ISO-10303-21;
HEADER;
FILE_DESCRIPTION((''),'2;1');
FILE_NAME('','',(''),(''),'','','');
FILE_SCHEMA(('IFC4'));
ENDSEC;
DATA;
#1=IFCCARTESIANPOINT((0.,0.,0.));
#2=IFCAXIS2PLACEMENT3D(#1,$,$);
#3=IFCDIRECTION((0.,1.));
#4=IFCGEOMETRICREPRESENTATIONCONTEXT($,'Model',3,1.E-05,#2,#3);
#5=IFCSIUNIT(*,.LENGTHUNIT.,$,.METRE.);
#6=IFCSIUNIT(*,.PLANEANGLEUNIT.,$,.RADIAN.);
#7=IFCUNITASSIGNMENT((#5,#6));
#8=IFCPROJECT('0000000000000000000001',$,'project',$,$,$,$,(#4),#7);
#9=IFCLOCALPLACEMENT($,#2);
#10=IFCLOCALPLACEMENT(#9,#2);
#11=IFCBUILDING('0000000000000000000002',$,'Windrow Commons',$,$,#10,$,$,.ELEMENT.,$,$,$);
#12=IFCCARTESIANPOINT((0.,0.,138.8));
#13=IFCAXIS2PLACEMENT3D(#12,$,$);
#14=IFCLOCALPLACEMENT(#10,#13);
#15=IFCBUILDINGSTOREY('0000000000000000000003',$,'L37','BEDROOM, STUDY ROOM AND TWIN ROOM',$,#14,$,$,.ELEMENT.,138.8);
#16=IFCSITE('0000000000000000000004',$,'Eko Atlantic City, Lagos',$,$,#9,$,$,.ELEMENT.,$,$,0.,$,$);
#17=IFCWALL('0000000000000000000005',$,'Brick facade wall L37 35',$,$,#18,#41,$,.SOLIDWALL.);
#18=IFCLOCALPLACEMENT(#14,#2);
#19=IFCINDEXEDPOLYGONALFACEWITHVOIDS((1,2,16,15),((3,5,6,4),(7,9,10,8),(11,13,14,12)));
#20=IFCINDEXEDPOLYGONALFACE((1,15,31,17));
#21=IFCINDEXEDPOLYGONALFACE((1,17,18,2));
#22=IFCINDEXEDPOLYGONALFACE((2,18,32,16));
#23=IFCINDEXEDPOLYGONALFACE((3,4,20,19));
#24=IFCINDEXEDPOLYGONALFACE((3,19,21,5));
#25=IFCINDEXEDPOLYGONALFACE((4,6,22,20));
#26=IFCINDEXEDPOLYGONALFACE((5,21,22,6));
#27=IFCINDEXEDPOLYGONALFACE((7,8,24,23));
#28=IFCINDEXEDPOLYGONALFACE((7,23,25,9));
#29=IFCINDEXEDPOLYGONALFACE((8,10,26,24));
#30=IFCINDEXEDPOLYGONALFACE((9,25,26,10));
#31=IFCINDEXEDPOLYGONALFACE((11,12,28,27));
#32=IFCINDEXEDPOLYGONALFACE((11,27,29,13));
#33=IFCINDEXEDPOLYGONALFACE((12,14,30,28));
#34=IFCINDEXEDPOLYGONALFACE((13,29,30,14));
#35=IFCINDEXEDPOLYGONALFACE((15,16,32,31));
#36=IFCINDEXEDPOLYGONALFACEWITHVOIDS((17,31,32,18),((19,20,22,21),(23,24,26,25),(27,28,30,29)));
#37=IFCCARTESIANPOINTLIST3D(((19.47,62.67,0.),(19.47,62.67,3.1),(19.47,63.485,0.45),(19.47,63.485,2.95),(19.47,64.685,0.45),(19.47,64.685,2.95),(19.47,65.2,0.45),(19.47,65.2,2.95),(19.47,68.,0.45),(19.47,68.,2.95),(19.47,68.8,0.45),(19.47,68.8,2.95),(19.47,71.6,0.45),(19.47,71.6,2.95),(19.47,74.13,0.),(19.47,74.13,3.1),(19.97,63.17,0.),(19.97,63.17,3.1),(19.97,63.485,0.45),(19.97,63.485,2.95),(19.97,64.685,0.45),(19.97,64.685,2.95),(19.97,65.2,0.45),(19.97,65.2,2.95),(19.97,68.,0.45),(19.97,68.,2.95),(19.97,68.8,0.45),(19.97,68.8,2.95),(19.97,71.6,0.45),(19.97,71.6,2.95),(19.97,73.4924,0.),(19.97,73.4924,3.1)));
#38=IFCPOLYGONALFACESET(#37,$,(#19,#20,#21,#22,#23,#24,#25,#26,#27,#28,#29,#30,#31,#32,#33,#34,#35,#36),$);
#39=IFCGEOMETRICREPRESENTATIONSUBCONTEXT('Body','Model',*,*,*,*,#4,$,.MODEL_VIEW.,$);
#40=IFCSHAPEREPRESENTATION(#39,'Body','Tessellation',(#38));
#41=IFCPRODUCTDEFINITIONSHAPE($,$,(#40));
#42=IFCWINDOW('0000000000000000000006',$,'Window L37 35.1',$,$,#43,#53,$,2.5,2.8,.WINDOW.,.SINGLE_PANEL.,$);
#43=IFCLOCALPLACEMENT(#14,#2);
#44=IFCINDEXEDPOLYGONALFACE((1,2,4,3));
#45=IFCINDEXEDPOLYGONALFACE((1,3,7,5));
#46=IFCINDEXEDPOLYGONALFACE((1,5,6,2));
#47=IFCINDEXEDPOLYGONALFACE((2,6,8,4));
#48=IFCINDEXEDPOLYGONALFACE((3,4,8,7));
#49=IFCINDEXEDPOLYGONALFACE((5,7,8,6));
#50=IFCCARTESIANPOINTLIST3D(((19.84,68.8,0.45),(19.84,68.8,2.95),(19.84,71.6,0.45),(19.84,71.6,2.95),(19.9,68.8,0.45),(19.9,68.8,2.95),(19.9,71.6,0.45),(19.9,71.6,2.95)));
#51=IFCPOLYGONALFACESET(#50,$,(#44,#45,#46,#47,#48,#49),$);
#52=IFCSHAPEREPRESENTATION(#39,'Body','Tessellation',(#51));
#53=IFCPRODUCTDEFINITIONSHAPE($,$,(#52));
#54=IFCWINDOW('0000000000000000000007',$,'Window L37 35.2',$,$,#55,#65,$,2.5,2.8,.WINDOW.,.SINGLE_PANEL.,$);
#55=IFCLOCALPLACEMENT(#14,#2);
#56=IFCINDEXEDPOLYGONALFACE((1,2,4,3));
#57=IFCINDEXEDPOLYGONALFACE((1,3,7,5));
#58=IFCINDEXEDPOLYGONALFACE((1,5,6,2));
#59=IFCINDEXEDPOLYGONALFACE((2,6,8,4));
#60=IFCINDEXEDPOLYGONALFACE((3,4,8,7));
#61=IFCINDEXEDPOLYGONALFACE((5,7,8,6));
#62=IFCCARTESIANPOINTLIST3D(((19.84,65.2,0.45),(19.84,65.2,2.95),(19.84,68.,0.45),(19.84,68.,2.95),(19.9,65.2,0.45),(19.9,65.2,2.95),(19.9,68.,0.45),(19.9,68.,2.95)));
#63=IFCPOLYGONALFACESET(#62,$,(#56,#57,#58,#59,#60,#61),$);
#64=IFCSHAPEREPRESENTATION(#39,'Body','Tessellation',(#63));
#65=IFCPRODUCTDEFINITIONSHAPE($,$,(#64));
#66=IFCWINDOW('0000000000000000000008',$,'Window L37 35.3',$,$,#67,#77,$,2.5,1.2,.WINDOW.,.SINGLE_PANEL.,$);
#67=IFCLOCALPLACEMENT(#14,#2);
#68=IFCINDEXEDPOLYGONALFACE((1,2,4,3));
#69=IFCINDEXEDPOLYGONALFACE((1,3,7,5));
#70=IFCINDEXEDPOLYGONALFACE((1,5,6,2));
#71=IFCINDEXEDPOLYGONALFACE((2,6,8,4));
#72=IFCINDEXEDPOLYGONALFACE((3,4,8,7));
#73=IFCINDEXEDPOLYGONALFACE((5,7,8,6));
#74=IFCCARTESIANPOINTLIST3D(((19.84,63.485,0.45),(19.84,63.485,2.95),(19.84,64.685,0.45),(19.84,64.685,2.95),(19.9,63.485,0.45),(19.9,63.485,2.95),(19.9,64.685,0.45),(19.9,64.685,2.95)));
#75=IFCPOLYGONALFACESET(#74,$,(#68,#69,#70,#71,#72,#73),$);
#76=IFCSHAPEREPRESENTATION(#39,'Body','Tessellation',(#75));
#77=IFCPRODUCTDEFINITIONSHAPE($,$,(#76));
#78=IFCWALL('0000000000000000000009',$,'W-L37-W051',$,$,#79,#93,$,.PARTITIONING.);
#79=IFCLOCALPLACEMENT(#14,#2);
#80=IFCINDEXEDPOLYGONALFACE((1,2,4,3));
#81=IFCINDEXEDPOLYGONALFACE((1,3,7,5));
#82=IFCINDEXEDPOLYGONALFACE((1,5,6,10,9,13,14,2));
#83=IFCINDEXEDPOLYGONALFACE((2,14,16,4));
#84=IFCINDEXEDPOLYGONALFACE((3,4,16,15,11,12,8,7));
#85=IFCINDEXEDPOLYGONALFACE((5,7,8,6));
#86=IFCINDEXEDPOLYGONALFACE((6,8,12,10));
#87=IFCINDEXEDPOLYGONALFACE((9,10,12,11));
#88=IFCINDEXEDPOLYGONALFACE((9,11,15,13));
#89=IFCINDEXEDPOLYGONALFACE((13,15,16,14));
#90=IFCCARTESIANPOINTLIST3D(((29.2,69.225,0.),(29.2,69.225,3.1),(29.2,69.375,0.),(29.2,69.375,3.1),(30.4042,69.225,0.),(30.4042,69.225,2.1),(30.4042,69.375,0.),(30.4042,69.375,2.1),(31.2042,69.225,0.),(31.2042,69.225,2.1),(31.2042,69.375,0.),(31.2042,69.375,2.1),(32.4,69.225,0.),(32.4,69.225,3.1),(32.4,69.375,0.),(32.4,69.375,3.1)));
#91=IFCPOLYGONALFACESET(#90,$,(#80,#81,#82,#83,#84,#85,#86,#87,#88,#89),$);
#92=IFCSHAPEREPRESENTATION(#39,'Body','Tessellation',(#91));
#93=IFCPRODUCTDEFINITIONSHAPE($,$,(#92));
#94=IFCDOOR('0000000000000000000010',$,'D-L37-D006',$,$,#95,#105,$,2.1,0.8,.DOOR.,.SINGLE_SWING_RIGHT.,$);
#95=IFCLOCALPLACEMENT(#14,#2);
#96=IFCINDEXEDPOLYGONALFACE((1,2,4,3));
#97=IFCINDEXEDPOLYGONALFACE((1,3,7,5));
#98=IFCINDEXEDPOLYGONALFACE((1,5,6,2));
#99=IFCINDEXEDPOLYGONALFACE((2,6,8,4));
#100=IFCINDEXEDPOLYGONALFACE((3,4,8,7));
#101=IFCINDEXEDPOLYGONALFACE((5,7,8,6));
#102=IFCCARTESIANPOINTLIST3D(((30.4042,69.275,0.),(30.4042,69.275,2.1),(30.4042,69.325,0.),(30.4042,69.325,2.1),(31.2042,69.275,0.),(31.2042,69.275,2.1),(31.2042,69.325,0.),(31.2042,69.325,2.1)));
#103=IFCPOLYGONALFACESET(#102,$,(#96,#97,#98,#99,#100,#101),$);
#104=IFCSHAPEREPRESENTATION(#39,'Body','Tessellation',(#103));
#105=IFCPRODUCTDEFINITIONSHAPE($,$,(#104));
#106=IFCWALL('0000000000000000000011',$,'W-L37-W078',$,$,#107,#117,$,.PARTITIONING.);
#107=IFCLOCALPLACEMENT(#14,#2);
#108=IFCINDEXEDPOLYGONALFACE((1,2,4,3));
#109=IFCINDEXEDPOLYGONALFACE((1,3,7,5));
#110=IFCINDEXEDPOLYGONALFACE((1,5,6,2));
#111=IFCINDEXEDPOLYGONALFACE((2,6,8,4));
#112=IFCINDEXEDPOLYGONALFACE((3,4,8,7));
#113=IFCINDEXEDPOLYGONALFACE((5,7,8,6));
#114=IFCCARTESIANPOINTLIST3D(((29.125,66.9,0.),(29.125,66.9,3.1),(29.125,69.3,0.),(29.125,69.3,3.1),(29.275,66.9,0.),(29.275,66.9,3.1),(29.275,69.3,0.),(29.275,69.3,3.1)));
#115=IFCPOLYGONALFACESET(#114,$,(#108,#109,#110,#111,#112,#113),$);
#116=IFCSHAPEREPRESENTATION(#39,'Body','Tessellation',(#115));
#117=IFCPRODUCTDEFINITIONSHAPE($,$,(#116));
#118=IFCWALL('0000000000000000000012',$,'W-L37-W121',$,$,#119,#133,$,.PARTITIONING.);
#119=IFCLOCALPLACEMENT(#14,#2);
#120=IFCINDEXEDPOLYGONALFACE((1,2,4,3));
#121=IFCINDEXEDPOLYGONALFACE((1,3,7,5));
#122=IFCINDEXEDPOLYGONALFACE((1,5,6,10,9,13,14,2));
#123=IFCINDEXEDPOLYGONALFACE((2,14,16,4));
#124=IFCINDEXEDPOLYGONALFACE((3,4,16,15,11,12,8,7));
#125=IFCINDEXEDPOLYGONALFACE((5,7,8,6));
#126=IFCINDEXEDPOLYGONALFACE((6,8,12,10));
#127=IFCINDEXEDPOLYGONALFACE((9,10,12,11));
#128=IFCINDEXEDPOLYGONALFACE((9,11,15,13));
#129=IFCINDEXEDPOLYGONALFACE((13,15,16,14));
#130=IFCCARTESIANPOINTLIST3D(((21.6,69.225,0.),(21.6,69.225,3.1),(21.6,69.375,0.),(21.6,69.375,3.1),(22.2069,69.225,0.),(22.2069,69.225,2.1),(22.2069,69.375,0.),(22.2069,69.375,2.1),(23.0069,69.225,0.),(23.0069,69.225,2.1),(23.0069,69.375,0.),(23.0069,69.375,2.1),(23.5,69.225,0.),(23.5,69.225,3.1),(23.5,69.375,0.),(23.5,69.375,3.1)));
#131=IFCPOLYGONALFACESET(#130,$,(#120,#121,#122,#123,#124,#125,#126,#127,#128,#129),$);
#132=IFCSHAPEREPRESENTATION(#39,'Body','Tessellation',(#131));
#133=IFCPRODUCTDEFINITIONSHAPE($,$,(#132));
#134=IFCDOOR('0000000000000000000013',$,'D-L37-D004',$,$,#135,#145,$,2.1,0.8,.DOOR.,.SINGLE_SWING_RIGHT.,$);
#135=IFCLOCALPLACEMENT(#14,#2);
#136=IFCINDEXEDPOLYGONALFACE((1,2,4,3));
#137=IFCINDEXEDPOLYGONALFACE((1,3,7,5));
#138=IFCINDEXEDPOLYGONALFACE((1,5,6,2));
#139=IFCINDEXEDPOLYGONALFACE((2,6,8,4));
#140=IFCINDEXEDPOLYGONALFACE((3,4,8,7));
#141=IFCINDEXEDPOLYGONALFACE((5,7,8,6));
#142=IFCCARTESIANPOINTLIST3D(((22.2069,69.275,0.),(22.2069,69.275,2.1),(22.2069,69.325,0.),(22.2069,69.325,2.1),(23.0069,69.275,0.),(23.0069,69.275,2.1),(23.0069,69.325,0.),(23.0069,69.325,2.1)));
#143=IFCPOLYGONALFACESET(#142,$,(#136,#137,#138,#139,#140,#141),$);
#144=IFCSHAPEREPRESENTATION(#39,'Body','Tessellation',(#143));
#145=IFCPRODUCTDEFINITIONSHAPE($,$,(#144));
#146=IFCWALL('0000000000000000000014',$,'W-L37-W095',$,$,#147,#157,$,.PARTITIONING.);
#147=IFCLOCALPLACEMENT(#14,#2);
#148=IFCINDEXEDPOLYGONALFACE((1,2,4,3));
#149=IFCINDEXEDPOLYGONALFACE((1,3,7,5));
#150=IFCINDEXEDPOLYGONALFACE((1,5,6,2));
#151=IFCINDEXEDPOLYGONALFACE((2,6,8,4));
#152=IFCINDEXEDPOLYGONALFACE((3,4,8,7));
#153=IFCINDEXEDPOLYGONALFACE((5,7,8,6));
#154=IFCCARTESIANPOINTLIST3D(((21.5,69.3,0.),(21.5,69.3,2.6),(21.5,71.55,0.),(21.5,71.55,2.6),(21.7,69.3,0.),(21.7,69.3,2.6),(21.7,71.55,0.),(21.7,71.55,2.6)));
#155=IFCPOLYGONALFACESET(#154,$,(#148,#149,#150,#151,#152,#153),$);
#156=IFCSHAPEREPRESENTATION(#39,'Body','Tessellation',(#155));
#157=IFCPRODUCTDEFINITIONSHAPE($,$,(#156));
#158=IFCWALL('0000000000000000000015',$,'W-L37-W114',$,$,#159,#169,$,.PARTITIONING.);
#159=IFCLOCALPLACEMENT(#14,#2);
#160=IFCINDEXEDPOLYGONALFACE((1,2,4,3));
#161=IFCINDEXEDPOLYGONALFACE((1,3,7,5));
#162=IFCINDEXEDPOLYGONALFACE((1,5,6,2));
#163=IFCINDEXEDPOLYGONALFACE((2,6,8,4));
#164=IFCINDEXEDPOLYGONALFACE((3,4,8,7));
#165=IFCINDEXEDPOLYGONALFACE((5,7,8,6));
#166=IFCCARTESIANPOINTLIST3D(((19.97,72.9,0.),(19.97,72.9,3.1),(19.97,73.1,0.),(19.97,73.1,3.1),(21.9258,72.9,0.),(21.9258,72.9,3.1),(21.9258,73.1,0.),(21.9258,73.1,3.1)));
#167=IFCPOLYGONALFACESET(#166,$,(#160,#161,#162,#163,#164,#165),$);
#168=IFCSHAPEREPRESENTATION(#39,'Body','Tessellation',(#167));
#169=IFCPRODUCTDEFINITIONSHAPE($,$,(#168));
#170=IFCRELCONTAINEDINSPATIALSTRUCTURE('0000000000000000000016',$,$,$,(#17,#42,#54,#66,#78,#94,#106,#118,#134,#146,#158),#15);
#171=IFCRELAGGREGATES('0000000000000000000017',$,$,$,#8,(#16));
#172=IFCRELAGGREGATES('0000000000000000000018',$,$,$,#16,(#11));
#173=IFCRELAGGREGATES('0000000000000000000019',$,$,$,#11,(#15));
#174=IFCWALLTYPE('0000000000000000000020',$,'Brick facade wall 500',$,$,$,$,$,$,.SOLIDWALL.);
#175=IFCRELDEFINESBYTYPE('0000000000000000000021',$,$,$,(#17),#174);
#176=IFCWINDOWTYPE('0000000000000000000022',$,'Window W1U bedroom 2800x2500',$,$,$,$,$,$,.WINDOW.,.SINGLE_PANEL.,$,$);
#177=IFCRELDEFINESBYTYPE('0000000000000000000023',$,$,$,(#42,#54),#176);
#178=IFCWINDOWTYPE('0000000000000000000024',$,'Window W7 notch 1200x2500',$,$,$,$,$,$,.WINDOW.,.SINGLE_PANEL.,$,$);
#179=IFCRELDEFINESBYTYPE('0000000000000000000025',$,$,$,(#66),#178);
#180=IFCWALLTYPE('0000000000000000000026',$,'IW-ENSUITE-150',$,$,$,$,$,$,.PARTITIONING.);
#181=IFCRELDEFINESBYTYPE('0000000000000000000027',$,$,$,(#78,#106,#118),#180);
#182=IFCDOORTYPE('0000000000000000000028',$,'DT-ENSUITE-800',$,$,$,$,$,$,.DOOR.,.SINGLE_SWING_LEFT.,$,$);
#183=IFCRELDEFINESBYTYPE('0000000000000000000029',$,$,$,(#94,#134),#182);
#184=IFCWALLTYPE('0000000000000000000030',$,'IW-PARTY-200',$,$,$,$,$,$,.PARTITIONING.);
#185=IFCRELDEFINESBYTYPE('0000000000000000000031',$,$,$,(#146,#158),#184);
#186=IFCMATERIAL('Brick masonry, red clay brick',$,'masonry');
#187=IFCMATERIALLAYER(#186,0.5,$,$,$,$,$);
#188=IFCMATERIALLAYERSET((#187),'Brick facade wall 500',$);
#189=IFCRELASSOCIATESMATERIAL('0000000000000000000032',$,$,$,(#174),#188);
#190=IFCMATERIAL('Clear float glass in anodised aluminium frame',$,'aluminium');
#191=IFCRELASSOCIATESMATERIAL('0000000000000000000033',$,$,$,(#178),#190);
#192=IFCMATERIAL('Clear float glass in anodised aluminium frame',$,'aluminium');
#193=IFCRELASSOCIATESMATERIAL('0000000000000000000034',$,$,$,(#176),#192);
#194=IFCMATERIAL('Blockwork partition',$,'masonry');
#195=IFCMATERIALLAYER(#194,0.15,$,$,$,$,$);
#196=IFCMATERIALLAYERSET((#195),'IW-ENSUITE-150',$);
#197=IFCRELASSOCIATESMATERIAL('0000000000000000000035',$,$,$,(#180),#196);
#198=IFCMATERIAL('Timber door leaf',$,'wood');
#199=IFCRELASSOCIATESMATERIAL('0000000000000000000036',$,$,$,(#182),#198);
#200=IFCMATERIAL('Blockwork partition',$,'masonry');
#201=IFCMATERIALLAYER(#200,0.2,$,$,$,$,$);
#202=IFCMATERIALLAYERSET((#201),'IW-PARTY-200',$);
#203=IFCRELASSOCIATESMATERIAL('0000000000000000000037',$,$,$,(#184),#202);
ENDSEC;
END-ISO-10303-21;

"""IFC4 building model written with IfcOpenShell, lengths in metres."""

from ifc_helpers import new_model, si_unit, direction, frame, frame_2d, origin, place, context, subcontext, project, spatial, polyline, rectangle, outline, extrude, material, layer, layer_set, type_object, element, fill, save


model = new_model("IFC4")

# Units and contexts
model_context = context("Model", 3, precision=1e-05, world=origin(), true_north=direction((0.0, 1.0)))
body_context = subcontext(model_context, "Body", "Model", "MODEL_VIEW")
ifc_project = project(units=[si_unit("LENGTHUNIT", "METRE"), si_unit("PLANEANGLEUNIT", "RADIAN")], contexts=[model_context])

# Site, building, storey
site_placement = place(None, origin())
site = spatial("IfcSite", under=ifc_project, at=site_placement, Name="Eko Atlantic City, Lagos", CompositionType="ELEMENT", RefElevation=0.0)
building_placement = place(site_placement, origin())
building = spatial("IfcBuilding", under=site, at=building_placement, Name="Windrow Commons", CompositionType="ELEMENT")
storey_placement = place(building_placement, frame((0.0, 0.0, 138.8)))
storey = spatial("IfcBuildingStorey", under=building, at=storey_placement, Name="L37", Description="BEDROOM, STUDY ROOM AND TWIN ROOM", CompositionType="ELEMENT", Elevation=138.8)

# Wall, openings, windows
ifc_material_1 = material(Name="Brick masonry, red clay brick", Category="masonry")
ifc_layer_1 = layer(ifc_material_1, 0.5)
ifc_layer_set_1 = layer_set([ifc_layer_1], Name="Brick facade wall 500")
wall_type_1 = type_object("IfcWallType", Name="Brick facade wall 500", PredefinedType="SOLIDWALL", material=ifc_layer_set_1)
ifc_material_2 = material(Name="Clear float glass in anodised aluminium frame", Category="aluminium")
window_type_1 = type_object("IfcWindowType", Name="Window W7 notch 1200x2500", PartitioningType="SINGLE_PANEL", PredefinedType="WINDOW", material=ifc_material_2)
wall_1_placement = place(storey_placement, frame((19.72, 73.8112, 0.0), z_axis=(0.0, 0.0, 1.0), x_axis=(0.0, -1.0, 0.0)))
wall_1 = element("IfcWall", 1, at=wall_1_placement, inside=storey, type_object=wall_type_1, Name="Brick facade wall L37 35", PredefinedType="SOLIDWALL", context=body_context, shape_type="SweptSolid", body=[
    extrude(outline(polyline([(-0.3188, -0.25), (11.1412, -0.25), (10.6412, 0.25), (0.3188, 0.25), (-0.3188, -0.25)])), origin(), (0.0, 0.0, 1.0), 3.1),
])
opening_1_placement = place(wall_1_placement, frame((2.2112, 0.0, 0.45)))
opening_1 = element("IfcOpeningElement", 2, at=opening_1_placement, cuts=wall_1, PredefinedType="OPENING", context=body_context, shape_type="SweptSolid", body=[
    extrude(rectangle(XDim=2.8, YDim=2.5, at=frame_2d((1.4, 1.25))), frame((0.0, 0.26, 0.0), z_axis=(0.0, -1.0, 0.0), x_axis=(1.0, 0.0, 0.0)), (0.0, 0.0, 1.0), 0.52),
])
opening_2_placement = place(wall_1_placement, frame((5.8112, 0.0, 0.45)))
opening_2 = element("IfcOpeningElement", 3, at=opening_2_placement, cuts=wall_1, PredefinedType="OPENING", context=body_context, shape_type="SweptSolid", body=[
    extrude(rectangle(XDim=2.8, YDim=2.5, at=frame_2d((1.4, 1.25))), frame((0.0, 0.26, 0.0), z_axis=(0.0, -1.0, 0.0), x_axis=(1.0, 0.0, 0.0)), (0.0, 0.0, 1.0), 0.52),
])
opening_3_placement = place(wall_1_placement, frame((9.1262, 0.0, 0.45)))
opening_3 = element("IfcOpeningElement", 4, at=opening_3_placement, cuts=wall_1, PredefinedType="OPENING", context=body_context, shape_type="SweptSolid", body=[
    extrude(rectangle(XDim=1.2, YDim=2.5, at=frame_2d((0.6, 1.25))), frame((0.0, 0.26, 0.0), z_axis=(0.0, -1.0, 0.0), x_axis=(1.0, 0.0, 0.0)), (0.0, 0.0, 1.0), 0.52),
])
ifc_material_3 = material(Name="Clear float glass in anodised aluminium frame", Category="aluminium")
window_type_2 = type_object("IfcWindowType", Name="Window W1U bedroom 2800x2500", PartitioningType="SINGLE_PANEL", PredefinedType="WINDOW", material=ifc_material_3)
window_1_placement = place(opening_1_placement, origin())
window_1 = element("IfcWindow", 5, at=window_1_placement, inside=storey, type_object=window_type_2, Name="Window L37 35.1", OverallHeight=2.5, OverallWidth=2.8, PartitioningType="SINGLE_PANEL", PredefinedType="WINDOW", context=body_context, shape_type="SweptSolid", body=[
    extrude(rectangle(XDim=2.8, YDim=2.5, at=frame_2d((1.4, 1.25))), frame((0.0, 0.18, 0.0), z_axis=(0.0, -1.0, 0.0), x_axis=(1.0, 0.0, 0.0)), (0.0, 0.0, 1.0), 0.06),
])
fill(opening_1, window_1)
window_2_placement = place(opening_2_placement, origin())
window_2 = element("IfcWindow", 6, at=window_2_placement, inside=storey, type_object=window_type_2, Name="Window L37 35.2", OverallHeight=2.5, OverallWidth=2.8, PartitioningType="SINGLE_PANEL", PredefinedType="WINDOW", context=body_context, shape_type="SweptSolid", body=[
    extrude(rectangle(XDim=2.8, YDim=2.5, at=frame_2d((1.4, 1.25))), frame((0.0, 0.18, 0.0), z_axis=(0.0, -1.0, 0.0), x_axis=(1.0, 0.0, 0.0)), (0.0, 0.0, 1.0), 0.06),
])
fill(opening_2, window_2)
window_3_placement = place(opening_3_placement, origin())
window_3 = element("IfcWindow", 7, at=window_3_placement, inside=storey, type_object=window_type_1, Name="Window L37 35.3", OverallHeight=2.5, OverallWidth=1.2, PartitioningType="SINGLE_PANEL", PredefinedType="WINDOW", context=body_context, shape_type="SweptSolid", body=[
    extrude(rectangle(XDim=1.2, YDim=2.5, at=frame_2d((0.6, 1.25))), frame((0.0, 0.18, 0.0), z_axis=(0.0, -1.0, 0.0), x_axis=(1.0, 0.0, 0.0)), (0.0, 0.0, 1.0), 0.06),
])
fill(opening_3, window_3)

# Wall, opening, door
ifc_material_4 = material(Name="Blockwork partition", Category="masonry")
ifc_layer_2 = layer(ifc_material_4, 0.15)
ifc_layer_set_2 = layer_set([ifc_layer_2], Name="IW-ENSUITE-150")
wall_type_2 = type_object("IfcWallType", Name="IW-ENSUITE-150", PredefinedType="PARTITIONING", material=ifc_layer_set_2)
wall_2_placement = place(storey_placement, frame((29.2, 69.3, 0.0), z_axis=(0.0, 0.0, 1.0), x_axis=(1.0, 0.0, 0.0)))
wall_2 = element("IfcWall", 8, at=wall_2_placement, inside=storey, type_object=wall_type_2, Name="W-L37-W051", PredefinedType="PARTITIONING", context=body_context, shape_type="SweptSolid", body=[
    extrude(rectangle(XDim=3.2, YDim=0.15, at=frame_2d((1.6, 0.0))), origin(), (0.0, 0.0, 1.0), 3.1),
])
opening_4_placement = place(wall_2_placement, frame((1.2042, 0.0, 0.0)))
opening_4 = element("IfcOpeningElement", 9, at=opening_4_placement, cuts=wall_2, PredefinedType="OPENING", context=body_context, shape_type="SweptSolid", body=[
    extrude(rectangle(XDim=0.8, YDim=2.1, at=frame_2d((0.4, 1.05))), frame((0.0, 0.085, 0.0), z_axis=(0.0, -1.0, 0.0), x_axis=(1.0, 0.0, 0.0)), (0.0, 0.0, 1.0), 0.17),
])
ifc_material_5 = material(Name="Timber door leaf", Category="wood")
door_type = type_object("IfcDoorType", Name="DT-ENSUITE-800", OperationType="SINGLE_SWING_LEFT", PredefinedType="DOOR", material=ifc_material_5)
door_1_placement = place(opening_4_placement, origin())
door_1 = element("IfcDoor", 10, at=door_1_placement, inside=storey, type_object=door_type, Name="D-L37-D006", OperationType="SINGLE_SWING_RIGHT", OverallHeight=2.1, OverallWidth=0.8, PredefinedType="DOOR", context=body_context, shape_type="SweptSolid", body=[
    extrude(rectangle(XDim=0.8, YDim=2.1, at=frame_2d((0.4, 1.05))), frame((0.0, 0.025, 0.0), z_axis=(0.0, -1.0, 0.0), x_axis=(1.0, 0.0, 0.0)), (0.0, 0.0, 1.0), 0.05),
])
fill(opening_4, door_1)

# Wall
wall_3_placement = place(storey_placement, frame((29.2, 66.9, 0.0), z_axis=(0.0, 0.0, 1.0), x_axis=(0.0, 1.0, 0.0)))
element("IfcWall", 11, at=wall_3_placement, inside=storey, type_object=wall_type_2, Name="W-L37-W078", PredefinedType="PARTITIONING", context=body_context, shape_type="SweptSolid", body=[
    extrude(rectangle(XDim=2.4, YDim=0.15, at=frame_2d((1.2, 0.0))), origin(), (0.0, 0.0, 1.0), 3.1),
])

# Wall, opening, door
wall_4_placement = place(storey_placement, frame((21.6, 69.3, 0.0), z_axis=(0.0, 0.0, 1.0), x_axis=(1.0, 0.0, 0.0)))
wall_4 = element("IfcWall", 12, at=wall_4_placement, inside=storey, type_object=wall_type_2, Name="W-L37-W121", PredefinedType="PARTITIONING", context=body_context, shape_type="SweptSolid", body=[
    extrude(rectangle(XDim=1.9, YDim=0.15, at=frame_2d((0.95, 0.0))), origin(), (0.0, 0.0, 1.0), 3.1),
])
opening_5_placement = place(wall_4_placement, frame((0.6069, 0.0, 0.0)))
opening_5 = element("IfcOpeningElement", 13, at=opening_5_placement, cuts=wall_4, PredefinedType="OPENING", context=body_context, shape_type="SweptSolid", body=[
    extrude(rectangle(XDim=0.8, YDim=2.1, at=frame_2d((0.4, 1.05))), frame((0.0, 0.085, 0.0), z_axis=(0.0, -1.0, 0.0), x_axis=(1.0, 0.0, 0.0)), (0.0, 0.0, 1.0), 0.17),
])
door_2_placement = place(opening_5_placement, origin())
door_2 = element("IfcDoor", 14, at=door_2_placement, inside=storey, type_object=door_type, Name="D-L37-D004", OperationType="SINGLE_SWING_RIGHT", OverallHeight=2.1, OverallWidth=0.8, PredefinedType="DOOR", context=body_context, shape_type="SweptSolid", body=[
    extrude(rectangle(XDim=0.8, YDim=2.1, at=frame_2d((0.4, 1.05))), frame((0.0, 0.025, 0.0), z_axis=(0.0, -1.0, 0.0), x_axis=(1.0, 0.0, 0.0)), (0.0, 0.0, 1.0), 0.05),
])
fill(opening_5, door_2)

# Walls
ifc_material_6 = material(Name="Blockwork partition", Category="masonry")
ifc_layer_3 = layer(ifc_material_6, 0.2)
ifc_layer_set_3 = layer_set([ifc_layer_3], Name="IW-PARTY-200")
wall_type_3 = type_object("IfcWallType", Name="IW-PARTY-200", PredefinedType="PARTITIONING", material=ifc_layer_set_3)
wall_5_placement = place(storey_placement, frame((21.6, 69.3, 0.0), z_axis=(0.0, 0.0, 1.0), x_axis=(0.0, 1.0, 0.0)))
element("IfcWall", 15, at=wall_5_placement, inside=storey, type_object=wall_type_3, Name="W-L37-W095", PredefinedType="PARTITIONING", context=body_context, shape_type="SweptSolid", body=[
    extrude(rectangle(XDim=2.25, YDim=0.2, at=frame_2d((1.125, 0.0))), origin(), (0.0, 0.0, 1.0), 2.6),
])
wall_6_placement = place(storey_placement, frame((19.97, 73.0, 0.0), z_axis=(0.0, 0.0, 1.0), x_axis=(1.0, 0.0, 0.0)))
element("IfcWall", 16, at=wall_6_placement, inside=storey, type_object=wall_type_3, Name="W-L37-W114", PredefinedType="PARTITIONING", context=body_context, shape_type="SweptSolid", body=[
    extrude(rectangle(XDim=1.9558, YDim=0.2, at=frame_2d((0.9779, 0.0))), origin(), (0.0, 0.0, 1.0), 3.1),
])

save(model, "model.ifc")
